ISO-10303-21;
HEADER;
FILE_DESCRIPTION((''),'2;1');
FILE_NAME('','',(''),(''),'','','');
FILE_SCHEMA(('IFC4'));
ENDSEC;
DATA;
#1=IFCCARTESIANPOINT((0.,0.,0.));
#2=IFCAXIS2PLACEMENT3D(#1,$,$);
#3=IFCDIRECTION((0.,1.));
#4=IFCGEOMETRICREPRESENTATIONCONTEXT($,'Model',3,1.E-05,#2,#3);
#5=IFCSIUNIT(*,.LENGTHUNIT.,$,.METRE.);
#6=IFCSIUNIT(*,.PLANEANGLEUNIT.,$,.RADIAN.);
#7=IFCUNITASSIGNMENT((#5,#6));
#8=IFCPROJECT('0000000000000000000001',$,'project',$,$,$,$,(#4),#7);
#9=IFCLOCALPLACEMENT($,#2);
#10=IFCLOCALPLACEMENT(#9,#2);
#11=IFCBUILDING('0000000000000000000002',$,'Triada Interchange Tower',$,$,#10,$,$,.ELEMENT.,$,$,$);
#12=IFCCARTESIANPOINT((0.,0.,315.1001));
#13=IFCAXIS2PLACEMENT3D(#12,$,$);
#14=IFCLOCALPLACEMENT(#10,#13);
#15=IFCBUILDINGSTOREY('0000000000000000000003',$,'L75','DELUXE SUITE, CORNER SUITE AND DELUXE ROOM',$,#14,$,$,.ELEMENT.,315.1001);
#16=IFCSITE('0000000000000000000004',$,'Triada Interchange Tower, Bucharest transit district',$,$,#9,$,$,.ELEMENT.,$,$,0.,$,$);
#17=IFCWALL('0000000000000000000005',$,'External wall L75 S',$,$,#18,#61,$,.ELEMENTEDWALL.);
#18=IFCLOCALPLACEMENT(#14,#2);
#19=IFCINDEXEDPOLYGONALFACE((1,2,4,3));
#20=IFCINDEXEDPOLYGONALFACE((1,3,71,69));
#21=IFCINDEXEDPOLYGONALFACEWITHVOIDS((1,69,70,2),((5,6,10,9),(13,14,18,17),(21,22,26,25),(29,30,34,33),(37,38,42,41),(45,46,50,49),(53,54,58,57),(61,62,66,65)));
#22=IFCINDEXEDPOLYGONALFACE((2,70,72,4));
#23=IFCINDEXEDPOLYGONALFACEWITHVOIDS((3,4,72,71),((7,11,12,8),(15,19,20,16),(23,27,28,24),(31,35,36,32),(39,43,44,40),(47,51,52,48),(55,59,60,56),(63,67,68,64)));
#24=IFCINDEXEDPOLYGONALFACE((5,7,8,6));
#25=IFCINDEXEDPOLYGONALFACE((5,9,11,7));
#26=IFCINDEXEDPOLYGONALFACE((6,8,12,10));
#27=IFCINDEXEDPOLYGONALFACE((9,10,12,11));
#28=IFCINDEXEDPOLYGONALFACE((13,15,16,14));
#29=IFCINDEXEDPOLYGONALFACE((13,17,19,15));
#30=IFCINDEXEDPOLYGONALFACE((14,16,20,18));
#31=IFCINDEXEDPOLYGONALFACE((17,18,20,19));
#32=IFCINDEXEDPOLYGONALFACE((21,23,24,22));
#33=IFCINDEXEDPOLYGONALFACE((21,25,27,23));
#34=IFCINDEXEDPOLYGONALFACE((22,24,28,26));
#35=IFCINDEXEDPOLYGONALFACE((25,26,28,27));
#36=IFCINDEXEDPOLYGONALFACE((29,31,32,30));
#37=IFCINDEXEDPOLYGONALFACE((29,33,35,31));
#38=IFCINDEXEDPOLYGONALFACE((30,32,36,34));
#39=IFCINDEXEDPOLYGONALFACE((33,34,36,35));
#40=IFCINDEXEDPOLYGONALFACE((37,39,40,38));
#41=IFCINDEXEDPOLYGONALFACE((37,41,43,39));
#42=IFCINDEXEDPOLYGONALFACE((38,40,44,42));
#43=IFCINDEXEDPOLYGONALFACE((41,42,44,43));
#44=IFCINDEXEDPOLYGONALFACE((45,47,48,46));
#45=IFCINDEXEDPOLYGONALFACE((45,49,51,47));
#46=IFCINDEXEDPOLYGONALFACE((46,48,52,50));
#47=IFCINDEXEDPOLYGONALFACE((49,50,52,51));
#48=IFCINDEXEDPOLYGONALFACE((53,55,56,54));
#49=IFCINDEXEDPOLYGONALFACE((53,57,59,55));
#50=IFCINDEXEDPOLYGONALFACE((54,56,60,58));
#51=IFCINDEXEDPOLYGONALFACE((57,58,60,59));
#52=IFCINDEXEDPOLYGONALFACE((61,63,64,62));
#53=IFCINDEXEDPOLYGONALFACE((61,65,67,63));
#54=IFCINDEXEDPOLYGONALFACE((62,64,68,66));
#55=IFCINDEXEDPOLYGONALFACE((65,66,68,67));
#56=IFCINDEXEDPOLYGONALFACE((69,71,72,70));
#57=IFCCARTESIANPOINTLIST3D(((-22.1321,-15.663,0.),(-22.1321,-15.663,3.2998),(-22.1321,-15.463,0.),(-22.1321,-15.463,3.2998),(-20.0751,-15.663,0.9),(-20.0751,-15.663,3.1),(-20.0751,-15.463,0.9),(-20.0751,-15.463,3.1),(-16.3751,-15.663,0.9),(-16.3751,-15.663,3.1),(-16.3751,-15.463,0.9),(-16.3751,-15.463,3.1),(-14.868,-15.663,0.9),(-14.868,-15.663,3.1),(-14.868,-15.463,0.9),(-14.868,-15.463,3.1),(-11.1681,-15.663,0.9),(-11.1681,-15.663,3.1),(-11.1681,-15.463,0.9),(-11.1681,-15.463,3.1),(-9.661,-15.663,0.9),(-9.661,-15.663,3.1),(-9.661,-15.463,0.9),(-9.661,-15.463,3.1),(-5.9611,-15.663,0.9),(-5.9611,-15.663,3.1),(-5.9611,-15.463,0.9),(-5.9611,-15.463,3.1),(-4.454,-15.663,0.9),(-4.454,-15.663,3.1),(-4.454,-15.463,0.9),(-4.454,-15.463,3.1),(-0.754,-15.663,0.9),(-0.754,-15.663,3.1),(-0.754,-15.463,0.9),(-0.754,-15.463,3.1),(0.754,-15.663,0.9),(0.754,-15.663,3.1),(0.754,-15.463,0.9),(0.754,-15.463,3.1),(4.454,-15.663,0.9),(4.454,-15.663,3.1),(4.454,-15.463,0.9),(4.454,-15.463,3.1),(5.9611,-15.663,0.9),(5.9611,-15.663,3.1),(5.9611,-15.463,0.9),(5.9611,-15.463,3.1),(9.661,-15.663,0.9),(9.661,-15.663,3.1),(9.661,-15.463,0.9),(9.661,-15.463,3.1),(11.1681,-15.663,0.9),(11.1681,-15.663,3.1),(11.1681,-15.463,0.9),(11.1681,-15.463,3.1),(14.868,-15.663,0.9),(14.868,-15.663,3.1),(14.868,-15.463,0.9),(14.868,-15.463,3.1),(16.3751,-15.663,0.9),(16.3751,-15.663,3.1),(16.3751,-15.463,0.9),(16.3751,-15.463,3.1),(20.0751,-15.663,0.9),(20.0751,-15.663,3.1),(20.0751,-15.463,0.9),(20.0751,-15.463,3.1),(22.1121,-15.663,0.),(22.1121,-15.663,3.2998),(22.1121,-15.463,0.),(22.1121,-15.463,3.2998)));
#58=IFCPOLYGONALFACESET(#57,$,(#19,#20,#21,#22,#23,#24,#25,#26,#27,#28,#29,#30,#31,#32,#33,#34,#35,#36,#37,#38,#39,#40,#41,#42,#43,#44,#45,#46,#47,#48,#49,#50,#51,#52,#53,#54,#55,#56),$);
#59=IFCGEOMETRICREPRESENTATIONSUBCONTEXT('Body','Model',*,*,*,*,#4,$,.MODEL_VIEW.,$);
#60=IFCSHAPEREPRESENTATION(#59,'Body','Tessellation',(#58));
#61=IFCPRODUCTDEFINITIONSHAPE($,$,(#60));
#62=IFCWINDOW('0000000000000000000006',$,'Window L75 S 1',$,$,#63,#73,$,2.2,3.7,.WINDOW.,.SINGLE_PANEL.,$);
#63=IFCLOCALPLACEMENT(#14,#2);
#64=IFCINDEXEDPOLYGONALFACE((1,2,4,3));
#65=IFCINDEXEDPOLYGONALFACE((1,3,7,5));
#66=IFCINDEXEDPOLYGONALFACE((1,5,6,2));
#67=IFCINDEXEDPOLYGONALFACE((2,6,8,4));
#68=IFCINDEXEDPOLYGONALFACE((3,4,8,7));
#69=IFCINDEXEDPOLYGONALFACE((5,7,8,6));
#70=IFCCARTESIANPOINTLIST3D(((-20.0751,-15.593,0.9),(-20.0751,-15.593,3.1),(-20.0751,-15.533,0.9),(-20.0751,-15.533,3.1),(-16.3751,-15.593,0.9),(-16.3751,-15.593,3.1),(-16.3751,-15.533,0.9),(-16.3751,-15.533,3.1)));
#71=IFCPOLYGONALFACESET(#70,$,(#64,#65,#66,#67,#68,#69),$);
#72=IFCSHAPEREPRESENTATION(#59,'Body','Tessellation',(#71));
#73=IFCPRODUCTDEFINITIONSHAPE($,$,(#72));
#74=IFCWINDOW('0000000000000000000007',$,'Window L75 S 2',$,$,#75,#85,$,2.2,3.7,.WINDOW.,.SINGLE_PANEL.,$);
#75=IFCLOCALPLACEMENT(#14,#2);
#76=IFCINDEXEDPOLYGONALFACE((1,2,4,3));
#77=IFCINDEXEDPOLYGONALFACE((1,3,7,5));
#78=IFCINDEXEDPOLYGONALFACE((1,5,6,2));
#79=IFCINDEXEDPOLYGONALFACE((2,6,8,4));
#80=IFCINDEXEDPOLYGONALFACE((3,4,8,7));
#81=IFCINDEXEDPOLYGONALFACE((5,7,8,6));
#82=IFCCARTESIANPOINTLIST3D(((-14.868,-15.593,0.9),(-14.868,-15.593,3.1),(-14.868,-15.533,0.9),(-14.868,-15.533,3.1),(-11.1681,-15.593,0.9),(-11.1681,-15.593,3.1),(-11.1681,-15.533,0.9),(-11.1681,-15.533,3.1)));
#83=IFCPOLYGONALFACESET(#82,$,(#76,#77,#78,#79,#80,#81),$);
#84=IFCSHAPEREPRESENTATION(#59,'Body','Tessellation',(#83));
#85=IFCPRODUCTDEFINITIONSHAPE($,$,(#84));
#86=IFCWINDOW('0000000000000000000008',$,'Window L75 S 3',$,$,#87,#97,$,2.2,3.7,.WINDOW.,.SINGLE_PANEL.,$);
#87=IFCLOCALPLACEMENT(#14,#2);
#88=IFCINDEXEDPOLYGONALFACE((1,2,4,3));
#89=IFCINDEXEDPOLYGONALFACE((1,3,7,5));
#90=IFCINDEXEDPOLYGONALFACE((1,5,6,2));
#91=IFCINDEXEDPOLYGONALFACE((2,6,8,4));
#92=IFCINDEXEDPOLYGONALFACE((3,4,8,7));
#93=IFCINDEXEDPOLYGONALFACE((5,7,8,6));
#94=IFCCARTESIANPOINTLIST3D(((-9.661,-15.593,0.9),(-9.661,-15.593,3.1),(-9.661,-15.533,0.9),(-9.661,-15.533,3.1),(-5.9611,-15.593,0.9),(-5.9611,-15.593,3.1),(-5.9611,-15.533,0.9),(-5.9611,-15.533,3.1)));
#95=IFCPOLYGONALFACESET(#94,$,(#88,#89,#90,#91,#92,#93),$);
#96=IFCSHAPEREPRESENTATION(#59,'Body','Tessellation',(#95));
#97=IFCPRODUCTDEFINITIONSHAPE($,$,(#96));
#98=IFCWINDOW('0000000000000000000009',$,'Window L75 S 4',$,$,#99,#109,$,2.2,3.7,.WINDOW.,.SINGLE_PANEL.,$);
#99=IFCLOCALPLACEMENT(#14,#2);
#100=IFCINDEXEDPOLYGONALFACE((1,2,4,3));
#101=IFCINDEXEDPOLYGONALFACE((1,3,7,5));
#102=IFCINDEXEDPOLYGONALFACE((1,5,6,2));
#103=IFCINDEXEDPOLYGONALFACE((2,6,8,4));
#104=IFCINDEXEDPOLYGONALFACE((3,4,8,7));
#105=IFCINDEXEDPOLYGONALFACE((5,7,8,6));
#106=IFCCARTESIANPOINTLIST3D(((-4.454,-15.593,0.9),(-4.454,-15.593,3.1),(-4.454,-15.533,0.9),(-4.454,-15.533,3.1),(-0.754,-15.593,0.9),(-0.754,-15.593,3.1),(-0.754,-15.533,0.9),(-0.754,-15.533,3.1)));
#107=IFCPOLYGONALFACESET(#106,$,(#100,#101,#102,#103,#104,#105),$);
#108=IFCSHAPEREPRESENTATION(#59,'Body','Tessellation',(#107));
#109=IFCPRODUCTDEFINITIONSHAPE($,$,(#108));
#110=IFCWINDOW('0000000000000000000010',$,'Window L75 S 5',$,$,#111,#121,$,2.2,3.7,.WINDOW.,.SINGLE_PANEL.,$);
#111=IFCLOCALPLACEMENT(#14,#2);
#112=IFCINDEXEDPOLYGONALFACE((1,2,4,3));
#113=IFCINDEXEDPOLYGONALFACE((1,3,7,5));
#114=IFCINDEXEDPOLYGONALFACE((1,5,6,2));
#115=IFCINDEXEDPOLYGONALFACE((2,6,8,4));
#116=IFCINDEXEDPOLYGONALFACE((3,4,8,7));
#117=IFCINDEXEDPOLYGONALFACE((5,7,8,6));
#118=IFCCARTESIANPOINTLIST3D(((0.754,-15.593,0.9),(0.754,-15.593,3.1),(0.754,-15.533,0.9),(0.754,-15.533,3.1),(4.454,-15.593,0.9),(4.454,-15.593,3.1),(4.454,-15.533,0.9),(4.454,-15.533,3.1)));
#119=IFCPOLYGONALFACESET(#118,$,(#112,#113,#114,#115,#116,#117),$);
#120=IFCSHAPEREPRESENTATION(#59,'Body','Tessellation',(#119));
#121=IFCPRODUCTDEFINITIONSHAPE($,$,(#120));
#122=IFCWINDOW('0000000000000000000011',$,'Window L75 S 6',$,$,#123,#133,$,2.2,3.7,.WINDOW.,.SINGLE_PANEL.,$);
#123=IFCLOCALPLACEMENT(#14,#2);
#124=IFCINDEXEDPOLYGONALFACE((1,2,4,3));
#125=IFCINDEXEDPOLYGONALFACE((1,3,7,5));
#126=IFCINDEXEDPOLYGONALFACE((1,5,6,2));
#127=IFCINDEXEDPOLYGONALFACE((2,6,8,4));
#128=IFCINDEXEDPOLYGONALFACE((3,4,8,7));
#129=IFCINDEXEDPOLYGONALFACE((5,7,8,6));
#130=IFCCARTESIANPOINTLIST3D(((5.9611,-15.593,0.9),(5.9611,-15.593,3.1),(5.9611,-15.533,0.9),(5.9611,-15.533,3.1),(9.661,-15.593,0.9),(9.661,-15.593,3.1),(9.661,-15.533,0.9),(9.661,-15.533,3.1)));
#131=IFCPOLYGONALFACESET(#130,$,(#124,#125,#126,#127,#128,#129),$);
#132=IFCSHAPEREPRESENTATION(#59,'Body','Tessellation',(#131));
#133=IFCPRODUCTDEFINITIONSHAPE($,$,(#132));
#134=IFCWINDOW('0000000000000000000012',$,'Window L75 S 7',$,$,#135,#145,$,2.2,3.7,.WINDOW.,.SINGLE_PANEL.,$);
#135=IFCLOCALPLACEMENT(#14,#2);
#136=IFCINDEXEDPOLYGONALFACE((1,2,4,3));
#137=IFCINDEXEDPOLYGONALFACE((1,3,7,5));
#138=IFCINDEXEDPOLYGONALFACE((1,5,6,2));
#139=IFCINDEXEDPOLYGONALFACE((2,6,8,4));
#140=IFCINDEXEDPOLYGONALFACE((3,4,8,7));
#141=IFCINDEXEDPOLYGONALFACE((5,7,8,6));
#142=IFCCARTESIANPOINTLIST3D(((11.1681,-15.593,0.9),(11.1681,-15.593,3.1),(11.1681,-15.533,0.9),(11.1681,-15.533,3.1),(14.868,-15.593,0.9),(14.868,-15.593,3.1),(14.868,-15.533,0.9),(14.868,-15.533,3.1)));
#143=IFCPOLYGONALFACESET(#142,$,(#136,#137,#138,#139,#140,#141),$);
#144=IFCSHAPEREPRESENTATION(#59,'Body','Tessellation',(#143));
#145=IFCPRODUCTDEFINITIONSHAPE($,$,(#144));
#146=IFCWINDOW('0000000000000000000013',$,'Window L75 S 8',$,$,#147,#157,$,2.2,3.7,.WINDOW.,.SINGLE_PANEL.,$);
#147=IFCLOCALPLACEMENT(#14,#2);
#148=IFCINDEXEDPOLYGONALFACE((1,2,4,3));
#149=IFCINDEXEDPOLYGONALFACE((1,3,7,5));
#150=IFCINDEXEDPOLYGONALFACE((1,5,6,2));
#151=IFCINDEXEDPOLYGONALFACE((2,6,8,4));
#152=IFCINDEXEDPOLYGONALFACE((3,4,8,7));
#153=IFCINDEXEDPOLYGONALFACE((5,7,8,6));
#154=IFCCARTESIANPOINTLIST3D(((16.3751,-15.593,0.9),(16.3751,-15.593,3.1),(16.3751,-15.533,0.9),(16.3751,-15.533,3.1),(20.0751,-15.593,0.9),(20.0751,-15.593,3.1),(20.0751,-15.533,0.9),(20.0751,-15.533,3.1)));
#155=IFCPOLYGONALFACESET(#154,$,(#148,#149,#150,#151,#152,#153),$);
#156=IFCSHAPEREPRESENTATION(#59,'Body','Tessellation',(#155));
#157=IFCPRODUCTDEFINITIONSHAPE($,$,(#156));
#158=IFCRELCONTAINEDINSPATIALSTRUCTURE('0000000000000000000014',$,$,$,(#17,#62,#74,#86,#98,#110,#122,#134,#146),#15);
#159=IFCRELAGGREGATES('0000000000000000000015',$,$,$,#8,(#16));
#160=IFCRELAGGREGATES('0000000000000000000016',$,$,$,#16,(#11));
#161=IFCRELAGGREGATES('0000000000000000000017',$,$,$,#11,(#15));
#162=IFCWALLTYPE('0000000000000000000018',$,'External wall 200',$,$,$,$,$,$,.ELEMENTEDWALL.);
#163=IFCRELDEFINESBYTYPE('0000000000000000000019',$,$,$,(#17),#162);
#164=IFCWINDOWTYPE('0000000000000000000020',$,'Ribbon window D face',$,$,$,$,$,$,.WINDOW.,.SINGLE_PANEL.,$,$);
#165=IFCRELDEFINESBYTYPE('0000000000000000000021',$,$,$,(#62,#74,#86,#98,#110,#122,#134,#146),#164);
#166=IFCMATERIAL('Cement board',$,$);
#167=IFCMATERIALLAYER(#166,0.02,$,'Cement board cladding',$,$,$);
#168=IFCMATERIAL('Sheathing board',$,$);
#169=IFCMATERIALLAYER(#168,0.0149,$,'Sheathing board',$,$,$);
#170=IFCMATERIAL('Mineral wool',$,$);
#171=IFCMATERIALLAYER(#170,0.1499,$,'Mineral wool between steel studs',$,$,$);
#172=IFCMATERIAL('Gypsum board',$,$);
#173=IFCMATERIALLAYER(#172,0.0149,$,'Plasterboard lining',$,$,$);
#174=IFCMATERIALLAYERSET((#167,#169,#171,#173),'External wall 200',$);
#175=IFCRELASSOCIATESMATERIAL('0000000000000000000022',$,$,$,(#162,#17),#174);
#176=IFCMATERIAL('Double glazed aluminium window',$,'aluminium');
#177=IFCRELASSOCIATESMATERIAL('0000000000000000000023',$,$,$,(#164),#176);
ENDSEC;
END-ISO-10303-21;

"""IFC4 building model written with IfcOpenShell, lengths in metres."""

from ifc_helpers import new_model, si_unit, direction, frame, frame_2d, origin, place, context, subcontext, project, spatial, rectangle, extrude, material, layer, layer_set, layer_usage, type_object, element, fill, save


model = new_model("IFC4")

# Units and contexts
model_context = context("Model", 3, precision=1e-05, world=origin(), true_north=direction((0.0, 1.0)))
body_context = subcontext(model_context, "Body", "Model", "MODEL_VIEW")
ifc_project = project(units=[si_unit("LENGTHUNIT", "METRE"), si_unit("PLANEANGLEUNIT", "RADIAN")], contexts=[model_context])

# Site, building, storey
site_placement = place(None, origin())
site = spatial("IfcSite", under=ifc_project, at=site_placement, Name="Triada Interchange Tower, Bucharest transit district", CompositionType="ELEMENT", RefElevation=0.0)
building_placement = place(site_placement, origin())
building = spatial("IfcBuilding", under=site, at=building_placement, Name="Triada Interchange Tower", CompositionType="ELEMENT")
storey_placement = place(building_placement, frame((0.0, 0.0, 315.1001)))
storey = spatial("IfcBuildingStorey", under=building, at=storey_placement, Name="L75", Description="DELUXE SUITE, CORNER SUITE AND DELUXE ROOM", CompositionType="ELEMENT", Elevation=315.1001)

# Shared definitions
ifc_material_1 = material(Name="Cement board")
ifc_layer_1 = layer(ifc_material_1, 0.02, Name="Cement board cladding")
ifc_material_2 = material(Name="Sheathing board")
ifc_layer_2 = layer(ifc_material_2, 0.0149, Name="Sheathing board")
ifc_material_3 = material(Name="Mineral wool")
ifc_layer_3 = layer(ifc_material_3, 0.1499, Name="Mineral wool between steel studs")
ifc_material_4 = material(Name="Gypsum board")
ifc_layer_4 = layer(ifc_material_4, 0.0149, Name="Plasterboard lining")
ifc_layer_set_1 = layer_set([ifc_layer_1, ifc_layer_2, ifc_layer_3, ifc_layer_4], Name="External wall 200")
ifc_layer_usage = layer_usage(ifc_layer_set_1, "AXIS2", "POSITIVE", -0.1001)
wall_type_1 = type_object("IfcWallType", Name="External wall 200", PredefinedType="ELEMENTEDWALL", material=ifc_layer_set_1)
ifc_material_5 = material(Name="Double glazed aluminium window", Category="aluminium")

# Wall, openings, windows
wall_1_placement = place(storey_placement, frame((-22.1321, -15.563, 0.0), z_axis=(0.0, 0.0, 1.0), x_axis=(1.0, 0.0, 0.0)))
wall_1 = element("IfcWall", 1, at=wall_1_placement, inside=storey, type_object=wall_type_1, material=ifc_layer_usage, Name="External wall L75 S", PredefinedType="ELEMENTEDWALL", context=body_context, shape_type="SweptSolid", body=[
    extrude(rectangle(XDim=44.2441, YDim=0.2, at=frame_2d((22.1221, 0.0))), origin(), (0.0, 0.0, 1.0), 3.2998),
])
opening_1_placement = place(wall_1_placement, frame((2.0569, 0.0, 0.8999)))
opening_1 = element("IfcOpeningElement", 2, at=opening_1_placement, cuts=wall_1, PredefinedType="OPENING", context=body_context, shape_type="SweptSolid", body=[
    extrude(rectangle(XDim=3.7, YDim=2.2, at=frame_2d((1.8501, 1.1001))), frame((0.0, 0.1099, 0.0), z_axis=(0.0, -1.0, 0.0), x_axis=(1.0, 0.0, 0.0)), (0.0, 0.0, 1.0), 0.22),
])
opening_2_placement = place(wall_1_placement, frame((7.2639, 0.0, 0.8999)))
opening_2 = element("IfcOpeningElement", 3, at=opening_2_placement, cuts=wall_1, PredefinedType="OPENING", context=body_context, shape_type="SweptSolid", body=[
    extrude(rectangle(XDim=3.7, YDim=2.2, at=frame_2d((1.8501, 1.1001))), frame((0.0, 0.1099, 0.0), z_axis=(0.0, -1.0, 0.0), x_axis=(1.0, 0.0, 0.0)), (0.0, 0.0, 1.0), 0.22),
])
opening_3_placement = place(wall_1_placement, frame((12.4709, 0.0, 0.8999)))
opening_3 = element("IfcOpeningElement", 4, at=opening_3_placement, cuts=wall_1, PredefinedType="OPENING", context=body_context, shape_type="SweptSolid", body=[
    extrude(rectangle(XDim=3.7, YDim=2.2, at=frame_2d((1.8501, 1.1001))), frame((0.0, 0.1099, 0.0), z_axis=(0.0, -1.0, 0.0), x_axis=(1.0, 0.0, 0.0)), (0.0, 0.0, 1.0), 0.22),
])
opening_4_placement = place(wall_1_placement, frame((17.678, 0.0, 0.8999)))
opening_4 = element("IfcOpeningElement", 5, at=opening_4_placement, cuts=wall_1, PredefinedType="OPENING", context=body_context, shape_type="SweptSolid", body=[
    extrude(rectangle(XDim=3.7, YDim=2.2, at=frame_2d((1.8501, 1.1001))), frame((0.0, 0.1099, 0.0), z_axis=(0.0, -1.0, 0.0), x_axis=(1.0, 0.0, 0.0)), (0.0, 0.0, 1.0), 0.22),
])
opening_5_placement = place(wall_1_placement, frame((22.886, 0.0, 0.8999)))
opening_5 = element("IfcOpeningElement", 6, at=opening_5_placement, cuts=wall_1, PredefinedType="OPENING", context=body_context, shape_type="SweptSolid", body=[
    extrude(rectangle(XDim=3.7, YDim=2.2, at=frame_2d((1.8501, 1.1001))), frame((0.0, 0.1099, 0.0), z_axis=(0.0, -1.0, 0.0), x_axis=(1.0, 0.0, 0.0)), (0.0, 0.0, 1.0), 0.22),
])
opening_6_placement = place(wall_1_placement, frame((28.093, 0.0, 0.8999)))
opening_6 = element("IfcOpeningElement", 7, at=opening_6_placement, cuts=wall_1, PredefinedType="OPENING", context=body_context, shape_type="SweptSolid", body=[
    extrude(rectangle(XDim=3.7, YDim=2.2, at=frame_2d((1.8501, 1.1001))), frame((0.0, 0.1099, 0.0), z_axis=(0.0, -1.0, 0.0), x_axis=(1.0, 0.0, 0.0)), (0.0, 0.0, 1.0), 0.22),
])
opening_7_placement = place(wall_1_placement, frame((33.3, 0.0, 0.8999)))
opening_7 = element("IfcOpeningElement", 8, at=opening_7_placement, cuts=wall_1, PredefinedType="OPENING", context=body_context, shape_type="SweptSolid", body=[
    extrude(rectangle(XDim=3.7, YDim=2.2, at=frame_2d((1.8501, 1.1001))), frame((0.0, 0.1099, 0.0), z_axis=(0.0, -1.0, 0.0), x_axis=(1.0, 0.0, 0.0)), (0.0, 0.0, 1.0), 0.22),
])
opening_8_placement = place(wall_1_placement, frame((38.5071, 0.0, 0.8999)))
opening_8 = element("IfcOpeningElement", 9, at=opening_8_placement, cuts=wall_1, PredefinedType="OPENING", context=body_context, shape_type="SweptSolid", body=[
    extrude(rectangle(XDim=3.7, YDim=2.2, at=frame_2d((1.8501, 1.1001))), frame((0.0, 0.1099, 0.0), z_axis=(0.0, -1.0, 0.0), x_axis=(1.0, 0.0, 0.0)), (0.0, 0.0, 1.0), 0.22),
])
window_type_1 = type_object("IfcWindowType", Name="Ribbon window D face", PartitioningType="SINGLE_PANEL", PredefinedType="WINDOW", material=ifc_material_5)
window_1_placement = place(opening_1_placement, origin())
window_1 = element("IfcWindow", 10, at=window_1_placement, inside=storey, type_object=window_type_1, Name="Window L75 S 1", OverallHeight=2.2, OverallWidth=3.7, PartitioningType="SINGLE_PANEL", PredefinedType="WINDOW", context=body_context, shape_type="SweptSolid", body=[
    extrude(rectangle(XDim=3.7, YDim=2.2, at=frame_2d((1.8501, 1.1001))), frame((0.0, 0.03, 0.0), z_axis=(0.0, -1.0, 0.0), x_axis=(1.0, 0.0, 0.0)), (0.0, 0.0, 1.0), 0.0601),
])
fill(opening_1, window_1)
window_2_placement = place(opening_2_placement, origin())
window_2 = element("IfcWindow", 11, at=window_2_placement, inside=storey, type_object=window_type_1, Name="Window L75 S 2", OverallHeight=2.2, OverallWidth=3.7, PartitioningType="SINGLE_PANEL", PredefinedType="WINDOW", context=body_context, shape_type="SweptSolid", body=[
    extrude(rectangle(XDim=3.7, YDim=2.2, at=frame_2d((1.8501, 1.1001))), frame((0.0, 0.03, 0.0), z_axis=(0.0, -1.0, 0.0), x_axis=(1.0, 0.0, 0.0)), (0.0, 0.0, 1.0), 0.0601),
])
fill(opening_2, window_2)
window_3_placement = place(opening_3_placement, origin())
window_3 = element("IfcWindow", 12, at=window_3_placement, inside=storey, type_object=window_type_1, Name="Window L75 S 3", OverallHeight=2.2, OverallWidth=3.7, PartitioningType="SINGLE_PANEL", PredefinedType="WINDOW", context=body_context, shape_type="SweptSolid", body=[
    extrude(rectangle(XDim=3.7, YDim=2.2, at=frame_2d((1.8501, 1.1001))), frame((0.0, 0.03, 0.0), z_axis=(0.0, -1.0, 0.0), x_axis=(1.0, 0.0, 0.0)), (0.0, 0.0, 1.0), 0.0601),
])
fill(opening_3, window_3)
window_4_placement = place(opening_4_placement, origin())
window_4 = element("IfcWindow", 13, at=window_4_placement, inside=storey, type_object=window_type_1, Name="Window L75 S 4", OverallHeight=2.2, OverallWidth=3.7, PartitioningType="SINGLE_PANEL", PredefinedType="WINDOW", context=body_context, shape_type="SweptSolid", body=[
    extrude(rectangle(XDim=3.7, YDim=2.2, at=frame_2d((1.8501, 1.1001))), frame((0.0, 0.03, 0.0), z_axis=(0.0, -1.0, 0.0), x_axis=(1.0, 0.0, 0.0)), (0.0, 0.0, 1.0), 0.0601),
])
fill(opening_4, window_4)
window_5_placement = place(opening_5_placement, origin())
window_5 = element("IfcWindow", 14, at=window_5_placement, inside=storey, type_object=window_type_1, Name="Window L75 S 5", OverallHeight=2.2, OverallWidth=3.7, PartitioningType="SINGLE_PANEL", PredefinedType="WINDOW", context=body_context, shape_type="SweptSolid", body=[
    extrude(rectangle(XDim=3.7, YDim=2.2, at=frame_2d((1.8501, 1.1001))), frame((0.0, 0.03, 0.0), z_axis=(0.0, -1.0, 0.0), x_axis=(1.0, 0.0, 0.0)), (0.0, 0.0, 1.0), 0.0601),
])
fill(opening_5, window_5)
window_6_placement = place(opening_6_placement, origin())
window_6 = element("IfcWindow", 15, at=window_6_placement, inside=storey, type_object=window_type_1, Name="Window L75 S 6", OverallHeight=2.2, OverallWidth=3.7, PartitioningType="SINGLE_PANEL", PredefinedType="WINDOW", context=body_context, shape_type="SweptSolid", body=[
    extrude(rectangle(XDim=3.7, YDim=2.2, at=frame_2d((1.8501, 1.1001))), frame((0.0, 0.03, 0.0), z_axis=(0.0, -1.0, 0.0), x_axis=(1.0, 0.0, 0.0)), (0.0, 0.0, 1.0), 0.0601),
])
fill(opening_6, window_6)
window_7_placement = place(opening_7_placement, origin())
window_7 = element("IfcWindow", 16, at=window_7_placement, inside=storey, type_object=window_type_1, Name="Window L75 S 7", OverallHeight=2.2, OverallWidth=3.7, PartitioningType="SINGLE_PANEL", PredefinedType="WINDOW", context=body_context, shape_type="SweptSolid", body=[
    extrude(rectangle(XDim=3.7, YDim=2.2, at=frame_2d((1.8501, 1.1001))), frame((0.0, 0.03, 0.0), z_axis=(0.0, -1.0, 0.0), x_axis=(1.0, 0.0, 0.0)), (0.0, 0.0, 1.0), 0.0601),
])
fill(opening_7, window_7)
window_8_placement = place(opening_8_placement, origin())
window_8 = element("IfcWindow", 17, at=window_8_placement, inside=storey, type_object=window_type_1, Name="Window L75 S 8", OverallHeight=2.2, OverallWidth=3.7, PartitioningType="SINGLE_PANEL", PredefinedType="WINDOW", context=body_context, shape_type="SweptSolid", body=[
    extrude(rectangle(XDim=3.7, YDim=2.2, at=frame_2d((1.8501, 1.1001))), frame((0.0, 0.03, 0.0), z_axis=(0.0, -1.0, 0.0), x_axis=(1.0, 0.0, 0.0)), (0.0, 0.0, 1.0), 0.0601),
])
fill(opening_8, window_8)

save(model, "model.ifc")
